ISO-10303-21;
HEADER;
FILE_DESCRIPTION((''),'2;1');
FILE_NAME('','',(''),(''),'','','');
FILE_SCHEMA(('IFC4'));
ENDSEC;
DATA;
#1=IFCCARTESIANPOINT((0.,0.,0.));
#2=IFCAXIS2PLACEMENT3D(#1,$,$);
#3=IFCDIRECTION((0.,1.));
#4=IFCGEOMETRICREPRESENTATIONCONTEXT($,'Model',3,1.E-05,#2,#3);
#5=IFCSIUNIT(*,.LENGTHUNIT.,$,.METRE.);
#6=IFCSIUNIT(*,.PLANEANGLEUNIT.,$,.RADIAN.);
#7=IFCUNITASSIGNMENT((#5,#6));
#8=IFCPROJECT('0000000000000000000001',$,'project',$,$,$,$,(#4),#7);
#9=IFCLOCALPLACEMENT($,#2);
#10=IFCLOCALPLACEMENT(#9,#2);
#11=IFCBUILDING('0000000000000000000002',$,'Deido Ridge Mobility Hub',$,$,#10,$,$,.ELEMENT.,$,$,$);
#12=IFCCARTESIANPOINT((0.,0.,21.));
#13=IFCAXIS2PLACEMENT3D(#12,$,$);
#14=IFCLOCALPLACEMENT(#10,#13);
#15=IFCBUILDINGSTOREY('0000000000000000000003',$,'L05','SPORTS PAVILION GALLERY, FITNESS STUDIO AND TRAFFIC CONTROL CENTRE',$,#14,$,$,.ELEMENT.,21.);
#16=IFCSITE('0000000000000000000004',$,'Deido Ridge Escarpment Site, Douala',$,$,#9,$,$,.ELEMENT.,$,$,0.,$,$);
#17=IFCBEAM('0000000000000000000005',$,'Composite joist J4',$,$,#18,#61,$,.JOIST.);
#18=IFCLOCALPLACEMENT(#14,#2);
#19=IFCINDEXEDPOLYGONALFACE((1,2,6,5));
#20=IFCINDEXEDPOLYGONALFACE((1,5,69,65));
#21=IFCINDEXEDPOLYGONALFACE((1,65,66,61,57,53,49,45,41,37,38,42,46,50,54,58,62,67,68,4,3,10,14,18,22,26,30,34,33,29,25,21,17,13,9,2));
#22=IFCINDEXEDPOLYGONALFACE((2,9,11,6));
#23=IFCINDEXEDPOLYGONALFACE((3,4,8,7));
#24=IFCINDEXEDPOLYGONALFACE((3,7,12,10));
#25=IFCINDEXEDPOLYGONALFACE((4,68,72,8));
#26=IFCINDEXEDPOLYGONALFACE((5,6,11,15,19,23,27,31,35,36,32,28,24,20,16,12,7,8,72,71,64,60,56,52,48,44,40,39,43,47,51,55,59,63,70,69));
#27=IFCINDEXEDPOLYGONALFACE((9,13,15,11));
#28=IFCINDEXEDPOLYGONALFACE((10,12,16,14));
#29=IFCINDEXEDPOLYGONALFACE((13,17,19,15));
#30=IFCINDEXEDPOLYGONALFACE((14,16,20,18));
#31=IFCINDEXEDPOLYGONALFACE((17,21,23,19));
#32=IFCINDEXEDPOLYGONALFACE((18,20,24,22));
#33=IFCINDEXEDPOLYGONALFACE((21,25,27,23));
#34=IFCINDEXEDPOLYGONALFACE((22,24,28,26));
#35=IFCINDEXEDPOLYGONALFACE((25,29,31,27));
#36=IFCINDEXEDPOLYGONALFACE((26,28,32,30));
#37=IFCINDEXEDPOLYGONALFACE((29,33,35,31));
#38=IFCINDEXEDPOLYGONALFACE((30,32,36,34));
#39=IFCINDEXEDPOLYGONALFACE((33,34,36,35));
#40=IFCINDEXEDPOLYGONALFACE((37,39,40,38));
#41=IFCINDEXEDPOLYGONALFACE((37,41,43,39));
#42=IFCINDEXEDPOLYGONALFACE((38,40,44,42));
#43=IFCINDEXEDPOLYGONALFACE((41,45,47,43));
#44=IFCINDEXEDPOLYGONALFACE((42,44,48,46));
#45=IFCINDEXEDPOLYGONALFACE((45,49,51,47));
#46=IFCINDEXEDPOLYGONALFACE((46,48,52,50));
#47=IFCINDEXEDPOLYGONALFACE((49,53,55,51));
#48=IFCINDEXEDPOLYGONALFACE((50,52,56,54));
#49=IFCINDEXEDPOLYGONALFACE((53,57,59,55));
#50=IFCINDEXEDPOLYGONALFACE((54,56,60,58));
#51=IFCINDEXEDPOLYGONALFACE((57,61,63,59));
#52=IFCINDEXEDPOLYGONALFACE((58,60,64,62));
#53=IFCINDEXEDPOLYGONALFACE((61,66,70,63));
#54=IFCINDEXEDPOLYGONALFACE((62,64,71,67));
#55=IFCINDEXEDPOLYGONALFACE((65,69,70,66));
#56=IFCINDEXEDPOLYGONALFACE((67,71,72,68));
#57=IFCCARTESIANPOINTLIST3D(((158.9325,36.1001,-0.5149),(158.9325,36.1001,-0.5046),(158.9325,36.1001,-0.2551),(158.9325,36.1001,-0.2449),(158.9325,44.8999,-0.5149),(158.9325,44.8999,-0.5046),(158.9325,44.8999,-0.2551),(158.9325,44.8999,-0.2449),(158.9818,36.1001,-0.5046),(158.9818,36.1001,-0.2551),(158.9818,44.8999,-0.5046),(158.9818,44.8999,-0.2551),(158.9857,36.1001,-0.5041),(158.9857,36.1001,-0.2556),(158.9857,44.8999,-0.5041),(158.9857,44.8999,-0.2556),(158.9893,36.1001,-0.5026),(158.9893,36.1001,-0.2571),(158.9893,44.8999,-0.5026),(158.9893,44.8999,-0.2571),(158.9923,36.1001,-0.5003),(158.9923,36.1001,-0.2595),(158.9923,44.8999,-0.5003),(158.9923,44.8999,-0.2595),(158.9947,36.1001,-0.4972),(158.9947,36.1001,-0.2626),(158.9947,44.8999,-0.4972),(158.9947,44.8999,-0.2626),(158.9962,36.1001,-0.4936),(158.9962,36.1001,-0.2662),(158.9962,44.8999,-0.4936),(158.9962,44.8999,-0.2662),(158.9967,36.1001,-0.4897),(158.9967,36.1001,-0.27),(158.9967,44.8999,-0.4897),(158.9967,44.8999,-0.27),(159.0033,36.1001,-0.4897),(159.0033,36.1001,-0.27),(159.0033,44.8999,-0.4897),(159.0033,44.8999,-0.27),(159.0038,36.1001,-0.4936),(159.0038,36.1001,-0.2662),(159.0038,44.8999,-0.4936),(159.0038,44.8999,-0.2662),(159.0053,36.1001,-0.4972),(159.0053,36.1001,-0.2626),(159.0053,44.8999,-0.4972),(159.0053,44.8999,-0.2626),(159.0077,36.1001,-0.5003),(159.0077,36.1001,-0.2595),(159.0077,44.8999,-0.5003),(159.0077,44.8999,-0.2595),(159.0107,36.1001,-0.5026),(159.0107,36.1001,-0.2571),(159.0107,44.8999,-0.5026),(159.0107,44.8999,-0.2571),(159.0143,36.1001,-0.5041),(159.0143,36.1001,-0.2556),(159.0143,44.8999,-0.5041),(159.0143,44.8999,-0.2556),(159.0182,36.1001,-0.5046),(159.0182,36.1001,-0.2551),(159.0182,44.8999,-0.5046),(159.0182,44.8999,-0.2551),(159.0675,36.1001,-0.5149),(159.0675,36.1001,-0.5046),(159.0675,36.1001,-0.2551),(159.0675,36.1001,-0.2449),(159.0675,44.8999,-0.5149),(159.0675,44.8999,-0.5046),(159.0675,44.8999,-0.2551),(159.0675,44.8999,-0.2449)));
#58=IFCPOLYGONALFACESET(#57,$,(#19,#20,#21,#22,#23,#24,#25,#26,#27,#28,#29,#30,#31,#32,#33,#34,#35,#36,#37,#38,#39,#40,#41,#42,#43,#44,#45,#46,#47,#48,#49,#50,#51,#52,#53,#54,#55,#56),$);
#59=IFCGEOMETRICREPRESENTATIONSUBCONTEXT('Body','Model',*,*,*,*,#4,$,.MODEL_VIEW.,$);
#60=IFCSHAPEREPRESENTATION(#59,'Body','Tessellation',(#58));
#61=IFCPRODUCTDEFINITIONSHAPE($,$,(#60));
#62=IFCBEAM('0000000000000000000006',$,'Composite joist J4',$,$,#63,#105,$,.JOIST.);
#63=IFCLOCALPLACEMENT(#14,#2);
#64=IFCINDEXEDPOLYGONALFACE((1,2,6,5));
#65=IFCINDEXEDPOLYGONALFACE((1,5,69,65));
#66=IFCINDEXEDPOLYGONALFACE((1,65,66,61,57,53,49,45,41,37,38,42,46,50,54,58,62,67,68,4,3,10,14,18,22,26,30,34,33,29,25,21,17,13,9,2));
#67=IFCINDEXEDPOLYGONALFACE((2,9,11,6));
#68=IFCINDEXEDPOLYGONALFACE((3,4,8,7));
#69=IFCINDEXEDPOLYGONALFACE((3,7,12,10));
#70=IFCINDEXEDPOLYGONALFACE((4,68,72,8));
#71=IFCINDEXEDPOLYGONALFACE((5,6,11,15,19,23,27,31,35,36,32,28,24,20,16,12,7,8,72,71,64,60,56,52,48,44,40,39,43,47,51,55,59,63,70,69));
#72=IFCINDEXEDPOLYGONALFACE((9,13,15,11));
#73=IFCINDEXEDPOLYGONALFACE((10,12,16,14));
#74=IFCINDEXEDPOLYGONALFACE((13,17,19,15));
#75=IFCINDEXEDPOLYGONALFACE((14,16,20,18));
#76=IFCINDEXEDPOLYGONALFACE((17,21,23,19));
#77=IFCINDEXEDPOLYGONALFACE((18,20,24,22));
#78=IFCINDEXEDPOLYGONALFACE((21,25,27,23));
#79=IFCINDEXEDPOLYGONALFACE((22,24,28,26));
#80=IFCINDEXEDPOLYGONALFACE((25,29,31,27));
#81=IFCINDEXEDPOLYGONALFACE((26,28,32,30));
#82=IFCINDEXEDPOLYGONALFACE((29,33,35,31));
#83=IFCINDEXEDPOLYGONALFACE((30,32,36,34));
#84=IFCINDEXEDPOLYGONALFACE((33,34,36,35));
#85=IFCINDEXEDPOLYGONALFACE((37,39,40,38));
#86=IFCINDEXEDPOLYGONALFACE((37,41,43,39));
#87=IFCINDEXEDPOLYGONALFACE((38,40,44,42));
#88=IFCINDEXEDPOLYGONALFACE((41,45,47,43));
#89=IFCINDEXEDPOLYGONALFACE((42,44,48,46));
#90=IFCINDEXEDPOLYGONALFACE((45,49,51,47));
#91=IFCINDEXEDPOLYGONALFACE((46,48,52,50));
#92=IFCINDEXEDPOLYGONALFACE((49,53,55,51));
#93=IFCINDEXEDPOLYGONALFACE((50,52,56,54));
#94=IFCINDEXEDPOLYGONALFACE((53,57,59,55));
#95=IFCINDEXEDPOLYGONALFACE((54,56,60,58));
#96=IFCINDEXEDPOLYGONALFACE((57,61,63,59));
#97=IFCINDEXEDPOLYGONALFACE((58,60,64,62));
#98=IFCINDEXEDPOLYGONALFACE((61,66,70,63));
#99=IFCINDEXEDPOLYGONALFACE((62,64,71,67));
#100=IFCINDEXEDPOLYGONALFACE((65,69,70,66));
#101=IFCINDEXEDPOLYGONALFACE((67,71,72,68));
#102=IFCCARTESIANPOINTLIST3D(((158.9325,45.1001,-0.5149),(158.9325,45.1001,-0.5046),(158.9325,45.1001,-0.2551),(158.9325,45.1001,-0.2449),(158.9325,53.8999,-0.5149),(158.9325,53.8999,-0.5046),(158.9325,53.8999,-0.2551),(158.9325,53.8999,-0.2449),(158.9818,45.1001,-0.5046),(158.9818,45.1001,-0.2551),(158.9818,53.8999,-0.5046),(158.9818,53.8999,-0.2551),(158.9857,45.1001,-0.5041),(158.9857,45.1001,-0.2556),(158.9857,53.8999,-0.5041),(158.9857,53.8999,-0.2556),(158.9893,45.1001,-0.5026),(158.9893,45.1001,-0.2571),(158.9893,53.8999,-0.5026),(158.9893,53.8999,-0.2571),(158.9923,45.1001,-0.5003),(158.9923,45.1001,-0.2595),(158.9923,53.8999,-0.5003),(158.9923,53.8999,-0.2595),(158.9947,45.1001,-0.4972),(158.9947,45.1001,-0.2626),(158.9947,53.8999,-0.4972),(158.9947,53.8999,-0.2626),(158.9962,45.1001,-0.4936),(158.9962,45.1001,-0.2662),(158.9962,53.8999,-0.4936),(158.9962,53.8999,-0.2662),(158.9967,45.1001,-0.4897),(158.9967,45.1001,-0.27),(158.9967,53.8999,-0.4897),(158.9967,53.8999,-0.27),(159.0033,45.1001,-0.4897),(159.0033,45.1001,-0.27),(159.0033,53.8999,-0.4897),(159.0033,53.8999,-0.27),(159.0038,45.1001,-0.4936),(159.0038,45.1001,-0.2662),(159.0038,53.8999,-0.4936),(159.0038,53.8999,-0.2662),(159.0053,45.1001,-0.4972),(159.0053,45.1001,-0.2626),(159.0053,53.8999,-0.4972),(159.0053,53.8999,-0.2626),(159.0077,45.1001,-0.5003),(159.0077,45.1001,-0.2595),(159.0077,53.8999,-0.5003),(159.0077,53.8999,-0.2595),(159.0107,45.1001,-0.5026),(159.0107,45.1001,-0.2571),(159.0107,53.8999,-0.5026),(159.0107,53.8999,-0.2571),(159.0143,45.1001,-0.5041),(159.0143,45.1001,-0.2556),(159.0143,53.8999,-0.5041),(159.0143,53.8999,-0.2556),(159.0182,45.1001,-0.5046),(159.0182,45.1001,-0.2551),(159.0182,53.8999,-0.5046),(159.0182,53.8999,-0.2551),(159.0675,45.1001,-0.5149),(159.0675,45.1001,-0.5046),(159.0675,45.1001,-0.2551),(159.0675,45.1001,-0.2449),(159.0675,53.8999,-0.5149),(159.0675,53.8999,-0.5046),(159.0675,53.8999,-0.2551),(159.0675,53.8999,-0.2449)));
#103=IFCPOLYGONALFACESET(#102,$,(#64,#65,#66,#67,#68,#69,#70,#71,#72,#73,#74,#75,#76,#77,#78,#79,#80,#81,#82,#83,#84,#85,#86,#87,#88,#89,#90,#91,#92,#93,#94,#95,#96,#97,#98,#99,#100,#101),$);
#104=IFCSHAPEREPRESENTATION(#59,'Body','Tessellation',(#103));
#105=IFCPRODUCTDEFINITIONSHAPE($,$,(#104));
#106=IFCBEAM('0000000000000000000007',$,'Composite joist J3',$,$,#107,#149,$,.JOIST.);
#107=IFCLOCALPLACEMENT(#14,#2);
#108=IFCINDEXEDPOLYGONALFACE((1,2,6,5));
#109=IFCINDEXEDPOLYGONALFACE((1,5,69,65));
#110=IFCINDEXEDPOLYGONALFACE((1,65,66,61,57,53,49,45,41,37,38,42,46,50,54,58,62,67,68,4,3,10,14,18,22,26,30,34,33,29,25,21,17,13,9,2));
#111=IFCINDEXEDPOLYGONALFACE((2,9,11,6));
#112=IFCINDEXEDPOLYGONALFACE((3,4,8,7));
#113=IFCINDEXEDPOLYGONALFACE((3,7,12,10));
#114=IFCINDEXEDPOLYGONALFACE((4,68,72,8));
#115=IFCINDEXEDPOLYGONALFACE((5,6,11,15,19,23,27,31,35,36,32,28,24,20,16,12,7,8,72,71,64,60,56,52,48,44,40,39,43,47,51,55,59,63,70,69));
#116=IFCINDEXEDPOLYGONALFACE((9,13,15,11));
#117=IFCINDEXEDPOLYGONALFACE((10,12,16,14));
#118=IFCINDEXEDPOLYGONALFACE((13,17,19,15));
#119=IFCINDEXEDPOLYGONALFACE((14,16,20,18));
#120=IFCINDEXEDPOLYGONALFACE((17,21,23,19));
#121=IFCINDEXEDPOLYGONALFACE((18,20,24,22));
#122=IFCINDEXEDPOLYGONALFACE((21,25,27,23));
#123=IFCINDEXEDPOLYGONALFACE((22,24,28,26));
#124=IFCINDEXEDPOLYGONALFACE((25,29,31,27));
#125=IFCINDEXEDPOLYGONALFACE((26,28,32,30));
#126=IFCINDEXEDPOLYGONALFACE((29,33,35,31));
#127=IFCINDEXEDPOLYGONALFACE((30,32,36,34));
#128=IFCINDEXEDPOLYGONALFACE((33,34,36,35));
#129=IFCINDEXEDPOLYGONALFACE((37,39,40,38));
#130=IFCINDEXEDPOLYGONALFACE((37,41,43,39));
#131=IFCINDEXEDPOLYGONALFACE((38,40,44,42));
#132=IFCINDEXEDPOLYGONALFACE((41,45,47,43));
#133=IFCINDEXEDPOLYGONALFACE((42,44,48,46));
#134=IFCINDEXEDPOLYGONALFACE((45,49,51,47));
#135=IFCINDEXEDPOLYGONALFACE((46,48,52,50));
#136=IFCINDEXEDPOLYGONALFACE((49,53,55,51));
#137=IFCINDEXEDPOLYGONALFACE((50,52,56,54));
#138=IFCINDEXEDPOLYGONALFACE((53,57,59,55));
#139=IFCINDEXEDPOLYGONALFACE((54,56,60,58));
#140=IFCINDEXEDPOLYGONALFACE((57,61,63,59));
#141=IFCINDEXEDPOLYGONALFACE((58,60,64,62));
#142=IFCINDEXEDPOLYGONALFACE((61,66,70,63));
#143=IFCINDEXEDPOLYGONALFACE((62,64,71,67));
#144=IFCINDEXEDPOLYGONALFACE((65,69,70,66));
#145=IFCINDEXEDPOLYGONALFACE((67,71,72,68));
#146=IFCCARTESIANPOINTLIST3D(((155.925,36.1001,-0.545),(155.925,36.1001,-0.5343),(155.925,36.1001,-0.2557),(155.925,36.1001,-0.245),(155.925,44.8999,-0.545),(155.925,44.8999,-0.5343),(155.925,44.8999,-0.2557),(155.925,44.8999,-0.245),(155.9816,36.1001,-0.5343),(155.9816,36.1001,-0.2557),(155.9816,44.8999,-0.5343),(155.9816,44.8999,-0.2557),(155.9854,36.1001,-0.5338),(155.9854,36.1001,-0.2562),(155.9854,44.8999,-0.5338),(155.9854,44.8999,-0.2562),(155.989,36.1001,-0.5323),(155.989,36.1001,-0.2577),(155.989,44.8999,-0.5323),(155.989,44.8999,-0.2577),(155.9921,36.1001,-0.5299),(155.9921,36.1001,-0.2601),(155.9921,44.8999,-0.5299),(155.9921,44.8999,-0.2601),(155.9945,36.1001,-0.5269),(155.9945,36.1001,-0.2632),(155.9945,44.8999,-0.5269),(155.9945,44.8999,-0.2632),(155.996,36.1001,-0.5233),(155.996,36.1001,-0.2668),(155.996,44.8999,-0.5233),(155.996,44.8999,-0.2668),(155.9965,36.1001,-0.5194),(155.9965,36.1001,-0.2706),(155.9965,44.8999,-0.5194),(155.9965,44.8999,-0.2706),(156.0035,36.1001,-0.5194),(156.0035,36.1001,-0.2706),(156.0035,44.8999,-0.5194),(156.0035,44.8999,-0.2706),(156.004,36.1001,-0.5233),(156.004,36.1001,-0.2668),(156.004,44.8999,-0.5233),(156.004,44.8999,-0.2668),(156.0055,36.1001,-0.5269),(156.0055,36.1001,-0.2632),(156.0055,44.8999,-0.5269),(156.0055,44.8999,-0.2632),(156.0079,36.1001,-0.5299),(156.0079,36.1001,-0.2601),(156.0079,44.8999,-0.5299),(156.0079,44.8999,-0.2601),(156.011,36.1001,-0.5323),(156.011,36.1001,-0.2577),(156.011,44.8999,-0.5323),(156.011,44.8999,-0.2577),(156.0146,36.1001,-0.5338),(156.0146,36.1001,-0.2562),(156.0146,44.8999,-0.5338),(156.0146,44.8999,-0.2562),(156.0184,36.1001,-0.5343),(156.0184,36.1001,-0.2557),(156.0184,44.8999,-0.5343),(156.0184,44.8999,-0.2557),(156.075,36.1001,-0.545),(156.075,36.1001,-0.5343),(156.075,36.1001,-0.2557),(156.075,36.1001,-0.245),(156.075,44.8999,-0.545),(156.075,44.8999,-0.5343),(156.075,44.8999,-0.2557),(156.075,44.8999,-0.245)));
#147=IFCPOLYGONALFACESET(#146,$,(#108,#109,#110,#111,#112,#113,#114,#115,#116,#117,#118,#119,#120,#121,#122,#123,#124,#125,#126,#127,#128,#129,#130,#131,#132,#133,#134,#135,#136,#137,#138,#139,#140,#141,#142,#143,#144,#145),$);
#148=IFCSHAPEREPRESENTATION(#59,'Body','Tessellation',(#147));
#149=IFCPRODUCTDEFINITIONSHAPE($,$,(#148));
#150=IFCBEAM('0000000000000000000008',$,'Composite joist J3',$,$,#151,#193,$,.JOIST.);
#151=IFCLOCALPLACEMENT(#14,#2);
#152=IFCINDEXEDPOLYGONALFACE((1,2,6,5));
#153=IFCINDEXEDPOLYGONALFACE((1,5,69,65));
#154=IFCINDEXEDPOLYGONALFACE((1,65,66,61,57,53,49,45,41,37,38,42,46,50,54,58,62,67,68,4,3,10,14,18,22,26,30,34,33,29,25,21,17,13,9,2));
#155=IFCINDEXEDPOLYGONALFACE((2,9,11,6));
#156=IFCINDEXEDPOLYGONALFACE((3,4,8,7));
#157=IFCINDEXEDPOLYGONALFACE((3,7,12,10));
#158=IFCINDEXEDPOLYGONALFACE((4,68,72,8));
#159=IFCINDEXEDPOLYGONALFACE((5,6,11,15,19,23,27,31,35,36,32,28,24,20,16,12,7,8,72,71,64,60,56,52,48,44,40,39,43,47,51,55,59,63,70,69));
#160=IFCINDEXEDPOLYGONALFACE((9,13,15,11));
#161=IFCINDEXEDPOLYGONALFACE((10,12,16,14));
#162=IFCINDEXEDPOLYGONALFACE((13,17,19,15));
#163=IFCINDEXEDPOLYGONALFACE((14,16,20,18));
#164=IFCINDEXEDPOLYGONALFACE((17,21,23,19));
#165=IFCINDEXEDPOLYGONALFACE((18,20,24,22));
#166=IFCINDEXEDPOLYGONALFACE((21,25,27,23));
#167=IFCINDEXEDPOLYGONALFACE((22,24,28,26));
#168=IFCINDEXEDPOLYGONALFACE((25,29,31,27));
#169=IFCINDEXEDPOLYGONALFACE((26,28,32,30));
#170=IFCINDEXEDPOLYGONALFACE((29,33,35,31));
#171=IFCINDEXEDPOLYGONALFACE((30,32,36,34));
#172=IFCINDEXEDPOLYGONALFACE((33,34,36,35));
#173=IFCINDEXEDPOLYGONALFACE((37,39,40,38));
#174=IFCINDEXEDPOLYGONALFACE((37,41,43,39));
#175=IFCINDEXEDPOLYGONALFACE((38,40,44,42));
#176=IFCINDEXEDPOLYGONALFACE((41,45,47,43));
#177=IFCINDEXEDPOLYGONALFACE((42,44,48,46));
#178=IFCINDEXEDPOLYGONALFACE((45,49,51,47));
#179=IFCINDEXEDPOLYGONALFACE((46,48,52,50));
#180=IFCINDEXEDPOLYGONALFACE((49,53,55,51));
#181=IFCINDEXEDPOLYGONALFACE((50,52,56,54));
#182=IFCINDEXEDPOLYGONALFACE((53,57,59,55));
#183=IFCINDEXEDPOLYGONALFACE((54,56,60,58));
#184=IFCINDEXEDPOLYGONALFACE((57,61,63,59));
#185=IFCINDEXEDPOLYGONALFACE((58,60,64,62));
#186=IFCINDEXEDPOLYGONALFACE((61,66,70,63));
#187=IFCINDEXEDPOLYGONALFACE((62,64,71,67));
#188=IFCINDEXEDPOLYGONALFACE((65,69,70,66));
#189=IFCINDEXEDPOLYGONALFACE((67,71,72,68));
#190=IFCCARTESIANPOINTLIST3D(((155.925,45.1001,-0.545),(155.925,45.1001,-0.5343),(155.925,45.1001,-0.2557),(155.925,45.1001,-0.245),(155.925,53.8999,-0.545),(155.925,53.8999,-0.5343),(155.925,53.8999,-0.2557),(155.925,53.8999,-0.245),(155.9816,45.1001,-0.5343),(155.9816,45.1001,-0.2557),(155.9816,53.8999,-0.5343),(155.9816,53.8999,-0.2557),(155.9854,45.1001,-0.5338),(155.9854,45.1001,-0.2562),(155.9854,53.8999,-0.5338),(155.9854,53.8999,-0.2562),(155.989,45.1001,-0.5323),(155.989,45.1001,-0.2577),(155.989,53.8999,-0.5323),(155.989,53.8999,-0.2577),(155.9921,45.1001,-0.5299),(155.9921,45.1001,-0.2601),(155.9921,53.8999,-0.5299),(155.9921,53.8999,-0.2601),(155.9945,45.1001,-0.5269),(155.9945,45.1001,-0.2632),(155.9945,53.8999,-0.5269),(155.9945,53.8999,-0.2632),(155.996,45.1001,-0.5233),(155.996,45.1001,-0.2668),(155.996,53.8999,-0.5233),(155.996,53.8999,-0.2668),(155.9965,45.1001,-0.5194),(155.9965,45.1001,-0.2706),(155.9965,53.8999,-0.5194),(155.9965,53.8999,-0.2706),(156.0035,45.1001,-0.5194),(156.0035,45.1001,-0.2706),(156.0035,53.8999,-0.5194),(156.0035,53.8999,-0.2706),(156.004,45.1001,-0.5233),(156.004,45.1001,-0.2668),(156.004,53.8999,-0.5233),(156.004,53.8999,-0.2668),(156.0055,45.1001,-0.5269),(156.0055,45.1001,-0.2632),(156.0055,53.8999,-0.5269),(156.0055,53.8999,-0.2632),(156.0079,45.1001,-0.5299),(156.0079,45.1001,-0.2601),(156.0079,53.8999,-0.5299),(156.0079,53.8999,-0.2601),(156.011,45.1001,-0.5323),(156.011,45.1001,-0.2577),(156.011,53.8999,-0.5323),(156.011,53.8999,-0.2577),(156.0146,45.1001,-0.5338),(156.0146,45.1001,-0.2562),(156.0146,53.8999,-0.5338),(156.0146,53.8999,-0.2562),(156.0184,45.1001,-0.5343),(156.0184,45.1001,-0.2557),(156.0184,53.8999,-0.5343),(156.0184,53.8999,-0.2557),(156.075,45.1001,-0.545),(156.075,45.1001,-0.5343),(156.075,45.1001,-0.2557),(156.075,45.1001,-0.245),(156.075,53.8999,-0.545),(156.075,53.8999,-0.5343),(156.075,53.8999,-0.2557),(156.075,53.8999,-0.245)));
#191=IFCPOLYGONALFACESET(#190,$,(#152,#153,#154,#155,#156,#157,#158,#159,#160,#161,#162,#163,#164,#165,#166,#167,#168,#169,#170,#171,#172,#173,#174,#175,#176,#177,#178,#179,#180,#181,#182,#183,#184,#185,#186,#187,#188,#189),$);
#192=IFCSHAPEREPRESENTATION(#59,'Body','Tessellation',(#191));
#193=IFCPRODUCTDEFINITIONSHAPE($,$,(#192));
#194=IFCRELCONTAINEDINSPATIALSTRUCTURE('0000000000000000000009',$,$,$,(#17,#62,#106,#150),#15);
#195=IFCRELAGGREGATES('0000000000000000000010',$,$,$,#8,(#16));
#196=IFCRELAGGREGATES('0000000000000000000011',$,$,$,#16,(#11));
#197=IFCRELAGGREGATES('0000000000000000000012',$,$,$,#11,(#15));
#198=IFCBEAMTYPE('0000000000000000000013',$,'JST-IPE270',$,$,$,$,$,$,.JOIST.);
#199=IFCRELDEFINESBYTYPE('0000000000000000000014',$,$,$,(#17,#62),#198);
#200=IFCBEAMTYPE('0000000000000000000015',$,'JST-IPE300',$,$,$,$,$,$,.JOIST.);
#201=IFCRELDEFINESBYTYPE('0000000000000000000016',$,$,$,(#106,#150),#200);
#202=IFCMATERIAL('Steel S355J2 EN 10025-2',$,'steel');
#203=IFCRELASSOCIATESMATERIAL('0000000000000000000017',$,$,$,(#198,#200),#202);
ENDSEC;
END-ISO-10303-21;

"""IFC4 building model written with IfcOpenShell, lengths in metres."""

from ifc_helpers import new_model, si_unit, direction, frame, origin, origin_2d, place, context, subcontext, project, spatial, i_section, extrude, material, material_profile, profile_set, type_object, element, save


model = new_model("IFC4")

# Units and contexts
model_context = context("Model", 3, precision=1e-05, world=origin(), true_north=direction((0.0, 1.0)))
body_context = subcontext(model_context, "Body", "Model", "MODEL_VIEW")
ifc_project = project(units=[si_unit("LENGTHUNIT", "METRE"), si_unit("PLANEANGLEUNIT", "RADIAN")], contexts=[model_context])

# Site, building, storey
site_placement = place(None, origin())
site = spatial("IfcSite", under=ifc_project, at=site_placement, Name="Deido Ridge Escarpment Site, Douala", CompositionType="ELEMENT", RefElevation=0.0)
building_placement = place(site_placement, origin())
building = spatial("IfcBuilding", under=site, at=building_placement, Name="Deido Ridge Mobility Hub", CompositionType="ELEMENT")
storey_placement = place(building_placement, frame((0.0, 0.0, 21.0)))
storey = spatial("IfcBuildingStorey", under=building, at=storey_placement, Name="L05", Description="SPORTS PAVILION GALLERY, FITNESS STUDIO AND TRAFFIC CONTROL CENTRE", CompositionType="ELEMENT", Elevation=21.0)

# Shared definitions
ifc_material_1 = material(Name="Steel S355J2 EN 10025-2", Category="steel")

# Beams
ifc_material_profile_1 = material_profile(ifc_material_1, i_section(OverallWidth=0.135, OverallDepth=0.27, WebThickness=0.0066, FlangeThickness=0.0103, FilletRadius=0.0149, at=origin_2d()), Name="IPE 270")
ifc_profile_set_1 = profile_set([ifc_material_profile_1], Name="Steel S355J2 EN 10025-2")
beam_type_1 = type_object("IfcBeamType", Name="JST-IPE270", PredefinedType="JOIST", material=ifc_profile_set_1)
for number, where, z_axis, x_axis, name in (
    (1, (159.0, 36.1001, -0.3799), (0.0, 1.0, 0.0), (-1.0, 0.0, 0.0), "Composite joist J4"),
    (2, (159.0, 45.1001, -0.3799), (0.0, 1.0, 0.0), (-1.0, 0.0, 0.0), "Composite joist J4"),
):
    element("IfcBeam", number, at=place(storey_placement, frame(where, z_axis=z_axis, x_axis=x_axis)), inside=storey, type_object=beam_type_1, Name=name, PredefinedType="JOIST", context=body_context, shape_type="SweptSolid", body=[
        extrude(i_section(OverallWidth=0.135, OverallDepth=0.27, WebThickness=0.0066, FlangeThickness=0.0103, FilletRadius=0.0149, at=origin_2d()), origin(), (0.0, 0.0, 1.0), 8.7998),
    ])
ifc_material_profile_2 = material_profile(ifc_material_1, i_section(OverallWidth=0.1499, OverallDepth=0.3, WebThickness=0.0071, FlangeThickness=0.0107, FilletRadius=0.0149, at=origin_2d()), Name="IPE 300")
ifc_profile_set_2 = profile_set([ifc_material_profile_2], Name="Steel S355J2 EN 10025-2")
beam_type_2 = type_object("IfcBeamType", Name="JST-IPE300", PredefinedType="JOIST", material=ifc_profile_set_2)
for number, where, z_axis, x_axis, name in (
    (3, (156.0, 36.1001, -0.395), (0.0, 1.0, 0.0), (-1.0, 0.0, 0.0), "Composite joist J3"),
    (4, (156.0, 45.1001, -0.395), (0.0, 1.0, 0.0), (-1.0, 0.0, 0.0), "Composite joist J3"),
):
    element("IfcBeam", number, at=place(storey_placement, frame(where, z_axis=z_axis, x_axis=x_axis)), inside=storey, type_object=beam_type_2, Name=name, PredefinedType="JOIST", context=body_context, shape_type="SweptSolid", body=[
        extrude(i_section(OverallWidth=0.1499, OverallDepth=0.3, WebThickness=0.0071, FlangeThickness=0.0107, FilletRadius=0.0149, at=origin_2d()), origin(), (0.0, 0.0, 1.0), 8.7998),
    ])

save(model, "model.ifc")
